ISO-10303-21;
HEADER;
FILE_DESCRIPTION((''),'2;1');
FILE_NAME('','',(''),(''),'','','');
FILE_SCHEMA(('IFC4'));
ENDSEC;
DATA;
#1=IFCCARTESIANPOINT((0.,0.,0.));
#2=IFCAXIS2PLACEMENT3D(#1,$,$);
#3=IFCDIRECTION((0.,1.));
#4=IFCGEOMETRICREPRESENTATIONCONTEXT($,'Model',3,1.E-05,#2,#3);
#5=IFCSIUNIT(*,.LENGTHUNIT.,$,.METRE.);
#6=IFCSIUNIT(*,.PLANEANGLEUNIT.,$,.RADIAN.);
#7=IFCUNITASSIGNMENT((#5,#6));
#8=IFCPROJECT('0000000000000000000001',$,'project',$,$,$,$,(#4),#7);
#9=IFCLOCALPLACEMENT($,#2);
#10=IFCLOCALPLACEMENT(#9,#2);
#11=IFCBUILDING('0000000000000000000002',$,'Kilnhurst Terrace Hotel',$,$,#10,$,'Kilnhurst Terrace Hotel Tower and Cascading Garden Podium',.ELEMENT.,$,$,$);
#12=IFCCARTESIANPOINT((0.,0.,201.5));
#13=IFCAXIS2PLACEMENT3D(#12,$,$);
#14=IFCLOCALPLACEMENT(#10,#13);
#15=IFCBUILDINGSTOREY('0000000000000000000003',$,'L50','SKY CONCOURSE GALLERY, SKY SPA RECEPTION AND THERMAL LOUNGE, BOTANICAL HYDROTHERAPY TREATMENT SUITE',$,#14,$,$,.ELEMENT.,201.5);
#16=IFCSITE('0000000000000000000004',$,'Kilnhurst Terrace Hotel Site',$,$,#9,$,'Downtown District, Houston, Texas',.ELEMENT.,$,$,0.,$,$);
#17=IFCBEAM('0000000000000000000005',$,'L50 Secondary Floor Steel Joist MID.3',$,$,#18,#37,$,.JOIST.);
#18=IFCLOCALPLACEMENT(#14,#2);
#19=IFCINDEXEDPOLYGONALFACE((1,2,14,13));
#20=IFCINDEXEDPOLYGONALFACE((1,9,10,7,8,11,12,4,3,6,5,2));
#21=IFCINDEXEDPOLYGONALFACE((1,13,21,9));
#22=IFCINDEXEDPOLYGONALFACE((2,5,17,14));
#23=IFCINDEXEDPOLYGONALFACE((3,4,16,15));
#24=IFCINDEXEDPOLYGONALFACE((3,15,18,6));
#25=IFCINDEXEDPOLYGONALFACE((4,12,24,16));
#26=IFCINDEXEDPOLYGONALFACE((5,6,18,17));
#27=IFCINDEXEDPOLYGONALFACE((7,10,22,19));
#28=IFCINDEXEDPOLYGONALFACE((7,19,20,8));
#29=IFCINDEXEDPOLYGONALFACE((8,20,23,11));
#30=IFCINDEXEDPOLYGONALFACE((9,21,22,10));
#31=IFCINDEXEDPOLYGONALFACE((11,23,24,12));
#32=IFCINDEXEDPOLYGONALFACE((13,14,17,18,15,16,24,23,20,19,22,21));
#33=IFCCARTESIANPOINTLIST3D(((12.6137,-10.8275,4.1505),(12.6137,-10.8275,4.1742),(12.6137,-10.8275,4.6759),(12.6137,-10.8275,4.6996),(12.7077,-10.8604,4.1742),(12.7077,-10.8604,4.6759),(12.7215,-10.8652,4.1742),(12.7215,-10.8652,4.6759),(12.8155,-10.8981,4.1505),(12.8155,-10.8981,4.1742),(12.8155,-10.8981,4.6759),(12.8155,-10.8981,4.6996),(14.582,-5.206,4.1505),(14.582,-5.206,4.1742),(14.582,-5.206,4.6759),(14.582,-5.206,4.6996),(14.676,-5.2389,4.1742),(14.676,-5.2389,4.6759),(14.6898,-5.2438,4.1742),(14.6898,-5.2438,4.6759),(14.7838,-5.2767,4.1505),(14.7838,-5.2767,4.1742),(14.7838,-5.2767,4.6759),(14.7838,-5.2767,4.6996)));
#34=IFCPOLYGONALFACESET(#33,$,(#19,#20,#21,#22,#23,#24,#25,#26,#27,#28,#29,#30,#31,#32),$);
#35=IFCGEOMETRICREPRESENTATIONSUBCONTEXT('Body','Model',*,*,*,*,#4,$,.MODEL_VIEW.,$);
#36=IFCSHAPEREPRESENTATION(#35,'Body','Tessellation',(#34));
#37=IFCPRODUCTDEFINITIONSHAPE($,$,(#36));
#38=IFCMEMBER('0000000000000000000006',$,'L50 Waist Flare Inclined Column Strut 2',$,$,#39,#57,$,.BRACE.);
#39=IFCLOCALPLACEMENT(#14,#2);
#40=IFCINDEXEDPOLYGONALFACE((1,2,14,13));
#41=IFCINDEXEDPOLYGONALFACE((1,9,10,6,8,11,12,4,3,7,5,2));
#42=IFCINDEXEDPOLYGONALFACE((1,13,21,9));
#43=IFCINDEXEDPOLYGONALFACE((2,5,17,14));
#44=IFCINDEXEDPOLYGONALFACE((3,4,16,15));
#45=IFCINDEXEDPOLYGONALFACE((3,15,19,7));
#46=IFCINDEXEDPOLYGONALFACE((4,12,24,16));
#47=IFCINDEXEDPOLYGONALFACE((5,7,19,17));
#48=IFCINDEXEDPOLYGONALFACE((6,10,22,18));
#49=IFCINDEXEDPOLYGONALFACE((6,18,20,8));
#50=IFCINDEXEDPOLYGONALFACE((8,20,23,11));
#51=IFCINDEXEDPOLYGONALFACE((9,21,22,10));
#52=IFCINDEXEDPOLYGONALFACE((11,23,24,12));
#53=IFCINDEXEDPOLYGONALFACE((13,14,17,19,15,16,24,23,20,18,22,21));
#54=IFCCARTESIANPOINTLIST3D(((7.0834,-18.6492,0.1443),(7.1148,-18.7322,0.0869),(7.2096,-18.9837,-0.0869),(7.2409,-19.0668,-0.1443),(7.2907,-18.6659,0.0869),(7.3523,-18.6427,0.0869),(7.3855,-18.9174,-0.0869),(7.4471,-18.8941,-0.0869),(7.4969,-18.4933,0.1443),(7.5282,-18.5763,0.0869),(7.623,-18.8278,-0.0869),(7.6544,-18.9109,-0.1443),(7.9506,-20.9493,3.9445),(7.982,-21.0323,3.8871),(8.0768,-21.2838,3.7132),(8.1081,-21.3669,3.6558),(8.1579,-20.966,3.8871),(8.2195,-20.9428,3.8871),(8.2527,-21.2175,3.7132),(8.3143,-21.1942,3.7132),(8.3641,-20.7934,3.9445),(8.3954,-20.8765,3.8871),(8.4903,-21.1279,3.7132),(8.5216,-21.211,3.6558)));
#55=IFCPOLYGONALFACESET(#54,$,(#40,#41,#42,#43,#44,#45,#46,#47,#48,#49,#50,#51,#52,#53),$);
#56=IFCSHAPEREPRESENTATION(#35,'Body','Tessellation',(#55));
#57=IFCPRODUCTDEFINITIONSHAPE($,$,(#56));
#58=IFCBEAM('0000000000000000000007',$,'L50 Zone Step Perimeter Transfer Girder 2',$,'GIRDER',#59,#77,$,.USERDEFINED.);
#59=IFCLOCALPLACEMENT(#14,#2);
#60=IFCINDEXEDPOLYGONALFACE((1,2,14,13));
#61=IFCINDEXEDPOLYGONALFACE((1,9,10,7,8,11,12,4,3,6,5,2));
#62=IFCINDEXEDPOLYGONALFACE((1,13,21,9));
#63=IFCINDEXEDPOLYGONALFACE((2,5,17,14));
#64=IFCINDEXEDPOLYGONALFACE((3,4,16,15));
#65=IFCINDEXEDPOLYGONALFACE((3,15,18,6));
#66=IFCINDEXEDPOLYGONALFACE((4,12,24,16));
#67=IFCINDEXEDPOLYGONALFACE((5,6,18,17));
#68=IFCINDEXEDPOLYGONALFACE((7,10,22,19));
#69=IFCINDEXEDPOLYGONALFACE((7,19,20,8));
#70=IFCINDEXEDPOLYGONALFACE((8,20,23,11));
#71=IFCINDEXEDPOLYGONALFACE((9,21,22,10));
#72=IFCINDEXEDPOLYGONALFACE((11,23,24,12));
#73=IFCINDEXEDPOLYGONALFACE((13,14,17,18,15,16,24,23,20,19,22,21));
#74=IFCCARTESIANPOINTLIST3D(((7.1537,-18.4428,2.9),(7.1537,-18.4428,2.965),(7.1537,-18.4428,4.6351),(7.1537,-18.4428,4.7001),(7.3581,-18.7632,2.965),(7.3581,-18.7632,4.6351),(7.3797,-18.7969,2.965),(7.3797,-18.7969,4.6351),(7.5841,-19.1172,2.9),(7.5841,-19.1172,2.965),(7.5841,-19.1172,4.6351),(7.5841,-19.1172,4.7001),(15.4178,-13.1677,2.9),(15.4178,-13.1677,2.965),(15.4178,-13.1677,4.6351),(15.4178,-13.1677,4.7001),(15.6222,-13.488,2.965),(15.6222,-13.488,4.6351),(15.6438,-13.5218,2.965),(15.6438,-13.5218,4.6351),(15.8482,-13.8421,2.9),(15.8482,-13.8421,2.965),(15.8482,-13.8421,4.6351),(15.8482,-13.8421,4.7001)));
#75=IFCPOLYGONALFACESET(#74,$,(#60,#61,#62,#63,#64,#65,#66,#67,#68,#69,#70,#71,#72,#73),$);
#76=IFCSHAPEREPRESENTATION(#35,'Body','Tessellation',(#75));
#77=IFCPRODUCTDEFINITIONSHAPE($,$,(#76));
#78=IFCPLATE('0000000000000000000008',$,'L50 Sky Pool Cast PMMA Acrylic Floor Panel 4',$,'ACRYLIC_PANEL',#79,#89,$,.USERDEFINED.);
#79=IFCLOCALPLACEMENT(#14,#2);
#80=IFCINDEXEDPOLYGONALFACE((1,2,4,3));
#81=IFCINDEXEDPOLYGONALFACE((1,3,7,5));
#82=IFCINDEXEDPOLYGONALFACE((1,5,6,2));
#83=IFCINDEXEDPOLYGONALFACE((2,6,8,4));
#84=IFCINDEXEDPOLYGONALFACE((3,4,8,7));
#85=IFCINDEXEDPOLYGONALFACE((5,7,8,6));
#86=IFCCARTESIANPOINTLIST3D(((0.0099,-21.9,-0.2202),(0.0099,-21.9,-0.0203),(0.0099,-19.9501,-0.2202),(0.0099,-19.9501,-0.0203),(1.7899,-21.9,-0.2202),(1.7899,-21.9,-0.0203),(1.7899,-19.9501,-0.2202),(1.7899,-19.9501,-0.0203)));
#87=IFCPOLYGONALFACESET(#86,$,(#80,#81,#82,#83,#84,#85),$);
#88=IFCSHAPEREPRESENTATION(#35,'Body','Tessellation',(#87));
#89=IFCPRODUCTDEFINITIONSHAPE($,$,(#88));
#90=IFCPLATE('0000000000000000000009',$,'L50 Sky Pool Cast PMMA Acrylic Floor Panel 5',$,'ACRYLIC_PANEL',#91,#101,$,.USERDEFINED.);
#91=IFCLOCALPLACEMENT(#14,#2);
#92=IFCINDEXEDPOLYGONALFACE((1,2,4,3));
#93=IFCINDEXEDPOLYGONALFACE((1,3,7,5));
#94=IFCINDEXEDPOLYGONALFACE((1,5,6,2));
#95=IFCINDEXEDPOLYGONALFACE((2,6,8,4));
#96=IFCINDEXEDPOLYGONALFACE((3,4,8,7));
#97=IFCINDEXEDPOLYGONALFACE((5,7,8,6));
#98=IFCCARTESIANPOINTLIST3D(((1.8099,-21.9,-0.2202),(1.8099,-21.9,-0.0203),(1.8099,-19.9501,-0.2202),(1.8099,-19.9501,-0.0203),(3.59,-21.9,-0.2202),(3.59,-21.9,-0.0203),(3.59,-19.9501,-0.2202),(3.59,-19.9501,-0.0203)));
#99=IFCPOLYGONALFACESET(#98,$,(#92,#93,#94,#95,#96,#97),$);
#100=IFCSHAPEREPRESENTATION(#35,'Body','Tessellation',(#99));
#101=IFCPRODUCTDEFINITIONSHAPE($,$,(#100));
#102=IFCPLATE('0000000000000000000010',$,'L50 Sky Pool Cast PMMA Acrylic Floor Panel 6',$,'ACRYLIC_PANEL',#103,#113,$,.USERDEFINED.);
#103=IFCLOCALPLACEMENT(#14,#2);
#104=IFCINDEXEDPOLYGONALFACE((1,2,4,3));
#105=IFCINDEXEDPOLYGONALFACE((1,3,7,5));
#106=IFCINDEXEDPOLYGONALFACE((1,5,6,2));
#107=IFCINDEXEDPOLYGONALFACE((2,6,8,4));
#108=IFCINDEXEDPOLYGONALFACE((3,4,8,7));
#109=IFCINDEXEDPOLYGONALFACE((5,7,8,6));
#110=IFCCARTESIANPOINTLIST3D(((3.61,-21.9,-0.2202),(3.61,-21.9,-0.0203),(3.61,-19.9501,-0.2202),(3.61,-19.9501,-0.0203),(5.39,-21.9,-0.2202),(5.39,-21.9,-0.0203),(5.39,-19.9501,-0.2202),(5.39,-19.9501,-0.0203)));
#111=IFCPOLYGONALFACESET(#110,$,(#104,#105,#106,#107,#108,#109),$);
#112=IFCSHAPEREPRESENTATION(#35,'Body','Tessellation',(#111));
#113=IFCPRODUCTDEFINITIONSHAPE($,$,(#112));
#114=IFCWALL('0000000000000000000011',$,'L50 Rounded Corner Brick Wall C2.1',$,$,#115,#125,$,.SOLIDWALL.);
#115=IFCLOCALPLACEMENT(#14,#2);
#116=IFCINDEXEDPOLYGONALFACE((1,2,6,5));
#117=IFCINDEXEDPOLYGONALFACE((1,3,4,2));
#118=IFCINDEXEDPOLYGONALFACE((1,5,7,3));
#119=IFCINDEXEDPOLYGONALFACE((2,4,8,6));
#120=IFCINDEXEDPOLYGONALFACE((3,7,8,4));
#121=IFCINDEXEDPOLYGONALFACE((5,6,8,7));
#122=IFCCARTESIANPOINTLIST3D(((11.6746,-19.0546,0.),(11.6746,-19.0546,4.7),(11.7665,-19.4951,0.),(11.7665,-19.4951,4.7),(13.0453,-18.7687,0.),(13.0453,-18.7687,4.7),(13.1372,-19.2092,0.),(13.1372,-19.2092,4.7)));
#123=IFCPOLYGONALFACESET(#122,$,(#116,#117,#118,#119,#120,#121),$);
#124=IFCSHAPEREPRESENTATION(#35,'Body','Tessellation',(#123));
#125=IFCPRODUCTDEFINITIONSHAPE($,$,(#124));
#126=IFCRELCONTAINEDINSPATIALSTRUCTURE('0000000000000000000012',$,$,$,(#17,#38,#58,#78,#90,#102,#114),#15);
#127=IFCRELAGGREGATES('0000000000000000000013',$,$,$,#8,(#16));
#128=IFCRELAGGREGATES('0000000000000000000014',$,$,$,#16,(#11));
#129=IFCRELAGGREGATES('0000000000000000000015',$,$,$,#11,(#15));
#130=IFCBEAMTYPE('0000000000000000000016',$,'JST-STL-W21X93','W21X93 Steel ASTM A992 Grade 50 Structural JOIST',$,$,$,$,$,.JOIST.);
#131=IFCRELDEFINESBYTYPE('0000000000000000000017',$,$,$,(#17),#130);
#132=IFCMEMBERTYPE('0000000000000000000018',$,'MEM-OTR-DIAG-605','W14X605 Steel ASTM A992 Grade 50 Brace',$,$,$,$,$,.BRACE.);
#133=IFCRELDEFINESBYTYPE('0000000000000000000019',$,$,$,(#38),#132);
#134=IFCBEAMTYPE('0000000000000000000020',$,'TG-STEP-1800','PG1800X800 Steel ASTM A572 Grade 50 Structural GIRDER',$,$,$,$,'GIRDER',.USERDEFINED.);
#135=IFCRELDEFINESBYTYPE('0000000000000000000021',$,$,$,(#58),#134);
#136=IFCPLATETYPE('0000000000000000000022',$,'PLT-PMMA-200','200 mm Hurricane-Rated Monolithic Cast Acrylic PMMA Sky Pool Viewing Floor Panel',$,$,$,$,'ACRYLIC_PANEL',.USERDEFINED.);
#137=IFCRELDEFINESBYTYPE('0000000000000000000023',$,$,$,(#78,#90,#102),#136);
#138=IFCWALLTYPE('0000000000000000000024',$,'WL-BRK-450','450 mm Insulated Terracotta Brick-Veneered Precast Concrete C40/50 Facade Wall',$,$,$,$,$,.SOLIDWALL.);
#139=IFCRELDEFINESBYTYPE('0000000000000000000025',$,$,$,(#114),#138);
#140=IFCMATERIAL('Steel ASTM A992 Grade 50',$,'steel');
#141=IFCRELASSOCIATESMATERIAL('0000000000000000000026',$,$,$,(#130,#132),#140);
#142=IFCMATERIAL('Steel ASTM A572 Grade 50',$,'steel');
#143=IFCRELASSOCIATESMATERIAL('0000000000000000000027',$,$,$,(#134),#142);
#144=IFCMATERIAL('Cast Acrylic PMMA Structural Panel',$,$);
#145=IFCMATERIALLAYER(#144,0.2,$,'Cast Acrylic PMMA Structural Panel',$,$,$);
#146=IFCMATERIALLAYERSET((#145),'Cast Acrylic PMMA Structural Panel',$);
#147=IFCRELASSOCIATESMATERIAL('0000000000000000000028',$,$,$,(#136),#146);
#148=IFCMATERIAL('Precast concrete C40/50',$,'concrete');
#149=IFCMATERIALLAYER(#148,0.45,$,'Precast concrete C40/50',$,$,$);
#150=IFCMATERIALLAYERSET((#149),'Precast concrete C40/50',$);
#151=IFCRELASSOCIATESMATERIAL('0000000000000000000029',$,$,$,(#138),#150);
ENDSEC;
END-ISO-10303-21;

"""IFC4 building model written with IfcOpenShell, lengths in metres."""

from ifc_helpers import new_model, si_unit, direction, frame, frame_2d, origin, origin_2d, place, context, subcontext, project, spatial, rectangle, i_section, extrude, material, layer, layer_set, material_profile, profile_set, type_object, element, save


model = new_model("IFC4")

# Units and contexts
model_context = context("Model", 3, precision=1e-05, world=origin(), true_north=direction((0.0, 1.0)))
body_context = subcontext(model_context, "Body", "Model", "MODEL_VIEW")
ifc_project = project(units=[si_unit("LENGTHUNIT", "METRE"), si_unit("PLANEANGLEUNIT", "RADIAN")], contexts=[model_context])

# Site, building, storey
site_placement = place(None, origin())
site = spatial("IfcSite", under=ifc_project, at=site_placement, Name="Kilnhurst Terrace Hotel Site", LongName="Downtown District, Houston, Texas", CompositionType="ELEMENT", RefElevation=0.0)
building_placement = place(site_placement, origin())
building = spatial("IfcBuilding", under=site, at=building_placement, Name="Kilnhurst Terrace Hotel", LongName="Kilnhurst Terrace Hotel Tower and Cascading Garden Podium", CompositionType="ELEMENT")
storey_placement = place(building_placement, frame((0.0, 0.0, 201.5)))
storey = spatial("IfcBuildingStorey", under=building, at=storey_placement, Name="L50", Description="SKY CONCOURSE GALLERY, SKY SPA RECEPTION AND THERMAL LOUNGE, BOTANICAL HYDROTHERAPY TREATMENT SUITE", CompositionType="ELEMENT", Elevation=201.5)

# Shared definitions
ifc_material_1 = material(Name="Steel ASTM A992 Grade 50", Category="steel")

# Beam
ifc_material_profile_1 = material_profile(ifc_material_1, i_section(OverallWidth=0.2139, OverallDepth=0.5491, WebThickness=0.0146, FlangeThickness=0.0237, at=origin_2d()), Name="W21X93")
ifc_profile_set_1 = profile_set([ifc_material_profile_1], Name="Steel ASTM A992 Grade 50")
beam_type_1 = type_object("IfcBeamType", Name="JST-STL-W21X93", Description="W21X93 Steel ASTM A992 Grade 50 Structural JOIST", PredefinedType="JOIST", material=ifc_profile_set_1)
beam_1_placement = place(storey_placement, frame((12.7146, -10.8628, 4.425), z_axis=(0.330469, 0.943817, 0.0), x_axis=(-0.943817, 0.330469, 0.0)))
element("IfcBeam", 1, at=beam_1_placement, inside=storey, type_object=beam_type_1, Name="L50 Secondary Floor Steel Joist MID.3", PredefinedType="JOIST", context=body_context, shape_type="SweptSolid", body=[
    extrude(i_section(OverallWidth=0.2139, OverallDepth=0.5491, WebThickness=0.0146, FlangeThickness=0.0237, at=origin_2d()), origin(), (0.0, 0.0, 1.0), 5.9561),
])

# Member
ifc_material_profile_2 = material_profile(ifc_material_1, i_section(OverallWidth=0.4419, OverallDepth=0.5315, WebThickness=0.0659, FlangeThickness=0.1057, at=origin_2d()), Name="W14X605")
ifc_profile_set_2 = profile_set([ifc_material_profile_2], Name="Steel ASTM A992 Grade 50")
member_type = type_object("IfcMemberType", Name="MEM-OTR-DIAG-605", Description="W14X605 Steel ASTM A992 Grade 50 Brace", PredefinedType="BRACE", material=ifc_profile_set_2)
member_placement = place(storey_placement, frame((7.3689, -18.78, 0.0), z_axis=(0.191611, -0.508211, 0.839647), x_axis=(0.935703, 0.352788, 0.0)))
element("IfcMember", 2, at=member_placement, inside=storey, type_object=member_type, Name="L50 Waist Flare Inclined Column Strut 2", PredefinedType="BRACE", context=body_context, shape_type="SweptSolid", body=[
    extrude(i_section(OverallWidth=0.4419, OverallDepth=0.5315, WebThickness=0.0659, FlangeThickness=0.1057, at=origin_2d()), origin(), (0.0, 0.0, 1.0), 4.5259),
])

# Beam
ifc_material_2 = material(Name="Steel ASTM A572 Grade 50", Category="steel")
ifc_material_profile_3 = material_profile(ifc_material_2, i_section(OverallWidth=0.8, OverallDepth=1.8, WebThickness=0.04, FlangeThickness=0.0649, at=origin_2d()), Name="PG1800X800")
ifc_profile_set_3 = profile_set([ifc_material_profile_3], Name="Steel ASTM A572 Grade 50")
beam_type_2 = type_object("IfcBeamType", Name="TG-STEP-1800", Description="PG1800X800 Steel ASTM A572 Grade 50 Structural GIRDER", ElementType="GIRDER", PredefinedType="USERDEFINED", material=ifc_profile_set_3)
beam_2_placement = place(storey_placement, frame((7.3689, -18.78, 3.8), z_axis=(0.842915, 0.538046, 0.0), x_axis=(-0.538046, 0.842915, 0.0)))
element("IfcBeam", 3, at=beam_2_placement, inside=storey, type_object=beam_type_2, Name="L50 Zone Step Perimeter Transfer Girder 2", ObjectType="GIRDER", PredefinedType="USERDEFINED", context=body_context, shape_type="SweptSolid", body=[
    extrude(i_section(OverallWidth=0.8, OverallDepth=1.8, WebThickness=0.04, FlangeThickness=0.0649, at=origin_2d()), origin(), (0.0, 0.0, 1.0), 9.8042),
])

# Plates
ifc_material_3 = material(Name="Cast Acrylic PMMA Structural Panel")
ifc_layer_1 = layer(ifc_material_3, 0.2, Name="Cast Acrylic PMMA Structural Panel")
ifc_layer_set_1 = layer_set([ifc_layer_1], Name="Cast Acrylic PMMA Structural Panel")
plate_type = type_object("IfcPlateType", Name="PLT-PMMA-200", Description="200 mm Hurricane-Rated Monolithic Cast Acrylic PMMA Sky Pool Viewing Floor Panel", ElementType="ACRYLIC_PANEL", PredefinedType="USERDEFINED", material=ifc_layer_set_1)
for number, where, z_axis, x_axis, name in (
    (4, (0.8999, -20.925, -0.2202), (0.0, 0.0, 1.0), (1.0, 0.0, 0.0), "L50 Sky Pool Cast PMMA Acrylic Floor Panel 4"),
    (5, (2.7, -20.925, -0.2202), (0.0, 0.0, 1.0), (1.0, 0.0, 0.0), "L50 Sky Pool Cast PMMA Acrylic Floor Panel 5"),
    (6, (4.5, -20.925, -0.2202), (0.0, 0.0, 1.0), (1.0, 0.0, 0.0), "L50 Sky Pool Cast PMMA Acrylic Floor Panel 6"),
):
    element("IfcPlate", number, at=place(storey_placement, frame(where, z_axis=z_axis, x_axis=x_axis)), inside=storey, type_object=plate_type, Name=name, ObjectType="ACRYLIC_PANEL", PredefinedType="USERDEFINED", context=body_context, shape_type="SweptSolid", body=[
        extrude(rectangle(XDim=1.78, YDim=1.95, at=origin_2d()), origin(), (0.0, 0.0, 1.0), 0.2),
    ])

# Wall
ifc_material_4 = material(Name="Precast concrete C40/50", Category="concrete")
ifc_layer_2 = layer(ifc_material_4, 0.45, Name="Precast concrete C40/50")
ifc_layer_set_2 = layer_set([ifc_layer_2], Name="Precast concrete C40/50")
wall_type_1 = type_object("IfcWallType", Name="WL-BRK-450", Description="450 mm Insulated Terracotta Brick-Veneered Precast Concrete C40/50 Facade Wall", PredefinedType="SOLIDWALL", material=ifc_layer_set_2)
wall_1_placement = place(storey_placement, frame((11.7205, -19.2749, 0.0), z_axis=(0.0, 0.0, 1.0), x_axis=(0.978931, 0.204191, 0.0)))
element("IfcWall", 7, at=wall_1_placement, inside=storey, type_object=wall_type_1, Name="L50 Rounded Corner Brick Wall C2.1", PredefinedType="SOLIDWALL", context=body_context, shape_type="SweptSolid", body=[
    extrude(rectangle(XDim=1.4001, YDim=0.45, at=frame_2d((0.7002, 0.0))), origin(), (0.0, 0.0, 1.0), 4.7),
])

save(model, "model.ifc")
